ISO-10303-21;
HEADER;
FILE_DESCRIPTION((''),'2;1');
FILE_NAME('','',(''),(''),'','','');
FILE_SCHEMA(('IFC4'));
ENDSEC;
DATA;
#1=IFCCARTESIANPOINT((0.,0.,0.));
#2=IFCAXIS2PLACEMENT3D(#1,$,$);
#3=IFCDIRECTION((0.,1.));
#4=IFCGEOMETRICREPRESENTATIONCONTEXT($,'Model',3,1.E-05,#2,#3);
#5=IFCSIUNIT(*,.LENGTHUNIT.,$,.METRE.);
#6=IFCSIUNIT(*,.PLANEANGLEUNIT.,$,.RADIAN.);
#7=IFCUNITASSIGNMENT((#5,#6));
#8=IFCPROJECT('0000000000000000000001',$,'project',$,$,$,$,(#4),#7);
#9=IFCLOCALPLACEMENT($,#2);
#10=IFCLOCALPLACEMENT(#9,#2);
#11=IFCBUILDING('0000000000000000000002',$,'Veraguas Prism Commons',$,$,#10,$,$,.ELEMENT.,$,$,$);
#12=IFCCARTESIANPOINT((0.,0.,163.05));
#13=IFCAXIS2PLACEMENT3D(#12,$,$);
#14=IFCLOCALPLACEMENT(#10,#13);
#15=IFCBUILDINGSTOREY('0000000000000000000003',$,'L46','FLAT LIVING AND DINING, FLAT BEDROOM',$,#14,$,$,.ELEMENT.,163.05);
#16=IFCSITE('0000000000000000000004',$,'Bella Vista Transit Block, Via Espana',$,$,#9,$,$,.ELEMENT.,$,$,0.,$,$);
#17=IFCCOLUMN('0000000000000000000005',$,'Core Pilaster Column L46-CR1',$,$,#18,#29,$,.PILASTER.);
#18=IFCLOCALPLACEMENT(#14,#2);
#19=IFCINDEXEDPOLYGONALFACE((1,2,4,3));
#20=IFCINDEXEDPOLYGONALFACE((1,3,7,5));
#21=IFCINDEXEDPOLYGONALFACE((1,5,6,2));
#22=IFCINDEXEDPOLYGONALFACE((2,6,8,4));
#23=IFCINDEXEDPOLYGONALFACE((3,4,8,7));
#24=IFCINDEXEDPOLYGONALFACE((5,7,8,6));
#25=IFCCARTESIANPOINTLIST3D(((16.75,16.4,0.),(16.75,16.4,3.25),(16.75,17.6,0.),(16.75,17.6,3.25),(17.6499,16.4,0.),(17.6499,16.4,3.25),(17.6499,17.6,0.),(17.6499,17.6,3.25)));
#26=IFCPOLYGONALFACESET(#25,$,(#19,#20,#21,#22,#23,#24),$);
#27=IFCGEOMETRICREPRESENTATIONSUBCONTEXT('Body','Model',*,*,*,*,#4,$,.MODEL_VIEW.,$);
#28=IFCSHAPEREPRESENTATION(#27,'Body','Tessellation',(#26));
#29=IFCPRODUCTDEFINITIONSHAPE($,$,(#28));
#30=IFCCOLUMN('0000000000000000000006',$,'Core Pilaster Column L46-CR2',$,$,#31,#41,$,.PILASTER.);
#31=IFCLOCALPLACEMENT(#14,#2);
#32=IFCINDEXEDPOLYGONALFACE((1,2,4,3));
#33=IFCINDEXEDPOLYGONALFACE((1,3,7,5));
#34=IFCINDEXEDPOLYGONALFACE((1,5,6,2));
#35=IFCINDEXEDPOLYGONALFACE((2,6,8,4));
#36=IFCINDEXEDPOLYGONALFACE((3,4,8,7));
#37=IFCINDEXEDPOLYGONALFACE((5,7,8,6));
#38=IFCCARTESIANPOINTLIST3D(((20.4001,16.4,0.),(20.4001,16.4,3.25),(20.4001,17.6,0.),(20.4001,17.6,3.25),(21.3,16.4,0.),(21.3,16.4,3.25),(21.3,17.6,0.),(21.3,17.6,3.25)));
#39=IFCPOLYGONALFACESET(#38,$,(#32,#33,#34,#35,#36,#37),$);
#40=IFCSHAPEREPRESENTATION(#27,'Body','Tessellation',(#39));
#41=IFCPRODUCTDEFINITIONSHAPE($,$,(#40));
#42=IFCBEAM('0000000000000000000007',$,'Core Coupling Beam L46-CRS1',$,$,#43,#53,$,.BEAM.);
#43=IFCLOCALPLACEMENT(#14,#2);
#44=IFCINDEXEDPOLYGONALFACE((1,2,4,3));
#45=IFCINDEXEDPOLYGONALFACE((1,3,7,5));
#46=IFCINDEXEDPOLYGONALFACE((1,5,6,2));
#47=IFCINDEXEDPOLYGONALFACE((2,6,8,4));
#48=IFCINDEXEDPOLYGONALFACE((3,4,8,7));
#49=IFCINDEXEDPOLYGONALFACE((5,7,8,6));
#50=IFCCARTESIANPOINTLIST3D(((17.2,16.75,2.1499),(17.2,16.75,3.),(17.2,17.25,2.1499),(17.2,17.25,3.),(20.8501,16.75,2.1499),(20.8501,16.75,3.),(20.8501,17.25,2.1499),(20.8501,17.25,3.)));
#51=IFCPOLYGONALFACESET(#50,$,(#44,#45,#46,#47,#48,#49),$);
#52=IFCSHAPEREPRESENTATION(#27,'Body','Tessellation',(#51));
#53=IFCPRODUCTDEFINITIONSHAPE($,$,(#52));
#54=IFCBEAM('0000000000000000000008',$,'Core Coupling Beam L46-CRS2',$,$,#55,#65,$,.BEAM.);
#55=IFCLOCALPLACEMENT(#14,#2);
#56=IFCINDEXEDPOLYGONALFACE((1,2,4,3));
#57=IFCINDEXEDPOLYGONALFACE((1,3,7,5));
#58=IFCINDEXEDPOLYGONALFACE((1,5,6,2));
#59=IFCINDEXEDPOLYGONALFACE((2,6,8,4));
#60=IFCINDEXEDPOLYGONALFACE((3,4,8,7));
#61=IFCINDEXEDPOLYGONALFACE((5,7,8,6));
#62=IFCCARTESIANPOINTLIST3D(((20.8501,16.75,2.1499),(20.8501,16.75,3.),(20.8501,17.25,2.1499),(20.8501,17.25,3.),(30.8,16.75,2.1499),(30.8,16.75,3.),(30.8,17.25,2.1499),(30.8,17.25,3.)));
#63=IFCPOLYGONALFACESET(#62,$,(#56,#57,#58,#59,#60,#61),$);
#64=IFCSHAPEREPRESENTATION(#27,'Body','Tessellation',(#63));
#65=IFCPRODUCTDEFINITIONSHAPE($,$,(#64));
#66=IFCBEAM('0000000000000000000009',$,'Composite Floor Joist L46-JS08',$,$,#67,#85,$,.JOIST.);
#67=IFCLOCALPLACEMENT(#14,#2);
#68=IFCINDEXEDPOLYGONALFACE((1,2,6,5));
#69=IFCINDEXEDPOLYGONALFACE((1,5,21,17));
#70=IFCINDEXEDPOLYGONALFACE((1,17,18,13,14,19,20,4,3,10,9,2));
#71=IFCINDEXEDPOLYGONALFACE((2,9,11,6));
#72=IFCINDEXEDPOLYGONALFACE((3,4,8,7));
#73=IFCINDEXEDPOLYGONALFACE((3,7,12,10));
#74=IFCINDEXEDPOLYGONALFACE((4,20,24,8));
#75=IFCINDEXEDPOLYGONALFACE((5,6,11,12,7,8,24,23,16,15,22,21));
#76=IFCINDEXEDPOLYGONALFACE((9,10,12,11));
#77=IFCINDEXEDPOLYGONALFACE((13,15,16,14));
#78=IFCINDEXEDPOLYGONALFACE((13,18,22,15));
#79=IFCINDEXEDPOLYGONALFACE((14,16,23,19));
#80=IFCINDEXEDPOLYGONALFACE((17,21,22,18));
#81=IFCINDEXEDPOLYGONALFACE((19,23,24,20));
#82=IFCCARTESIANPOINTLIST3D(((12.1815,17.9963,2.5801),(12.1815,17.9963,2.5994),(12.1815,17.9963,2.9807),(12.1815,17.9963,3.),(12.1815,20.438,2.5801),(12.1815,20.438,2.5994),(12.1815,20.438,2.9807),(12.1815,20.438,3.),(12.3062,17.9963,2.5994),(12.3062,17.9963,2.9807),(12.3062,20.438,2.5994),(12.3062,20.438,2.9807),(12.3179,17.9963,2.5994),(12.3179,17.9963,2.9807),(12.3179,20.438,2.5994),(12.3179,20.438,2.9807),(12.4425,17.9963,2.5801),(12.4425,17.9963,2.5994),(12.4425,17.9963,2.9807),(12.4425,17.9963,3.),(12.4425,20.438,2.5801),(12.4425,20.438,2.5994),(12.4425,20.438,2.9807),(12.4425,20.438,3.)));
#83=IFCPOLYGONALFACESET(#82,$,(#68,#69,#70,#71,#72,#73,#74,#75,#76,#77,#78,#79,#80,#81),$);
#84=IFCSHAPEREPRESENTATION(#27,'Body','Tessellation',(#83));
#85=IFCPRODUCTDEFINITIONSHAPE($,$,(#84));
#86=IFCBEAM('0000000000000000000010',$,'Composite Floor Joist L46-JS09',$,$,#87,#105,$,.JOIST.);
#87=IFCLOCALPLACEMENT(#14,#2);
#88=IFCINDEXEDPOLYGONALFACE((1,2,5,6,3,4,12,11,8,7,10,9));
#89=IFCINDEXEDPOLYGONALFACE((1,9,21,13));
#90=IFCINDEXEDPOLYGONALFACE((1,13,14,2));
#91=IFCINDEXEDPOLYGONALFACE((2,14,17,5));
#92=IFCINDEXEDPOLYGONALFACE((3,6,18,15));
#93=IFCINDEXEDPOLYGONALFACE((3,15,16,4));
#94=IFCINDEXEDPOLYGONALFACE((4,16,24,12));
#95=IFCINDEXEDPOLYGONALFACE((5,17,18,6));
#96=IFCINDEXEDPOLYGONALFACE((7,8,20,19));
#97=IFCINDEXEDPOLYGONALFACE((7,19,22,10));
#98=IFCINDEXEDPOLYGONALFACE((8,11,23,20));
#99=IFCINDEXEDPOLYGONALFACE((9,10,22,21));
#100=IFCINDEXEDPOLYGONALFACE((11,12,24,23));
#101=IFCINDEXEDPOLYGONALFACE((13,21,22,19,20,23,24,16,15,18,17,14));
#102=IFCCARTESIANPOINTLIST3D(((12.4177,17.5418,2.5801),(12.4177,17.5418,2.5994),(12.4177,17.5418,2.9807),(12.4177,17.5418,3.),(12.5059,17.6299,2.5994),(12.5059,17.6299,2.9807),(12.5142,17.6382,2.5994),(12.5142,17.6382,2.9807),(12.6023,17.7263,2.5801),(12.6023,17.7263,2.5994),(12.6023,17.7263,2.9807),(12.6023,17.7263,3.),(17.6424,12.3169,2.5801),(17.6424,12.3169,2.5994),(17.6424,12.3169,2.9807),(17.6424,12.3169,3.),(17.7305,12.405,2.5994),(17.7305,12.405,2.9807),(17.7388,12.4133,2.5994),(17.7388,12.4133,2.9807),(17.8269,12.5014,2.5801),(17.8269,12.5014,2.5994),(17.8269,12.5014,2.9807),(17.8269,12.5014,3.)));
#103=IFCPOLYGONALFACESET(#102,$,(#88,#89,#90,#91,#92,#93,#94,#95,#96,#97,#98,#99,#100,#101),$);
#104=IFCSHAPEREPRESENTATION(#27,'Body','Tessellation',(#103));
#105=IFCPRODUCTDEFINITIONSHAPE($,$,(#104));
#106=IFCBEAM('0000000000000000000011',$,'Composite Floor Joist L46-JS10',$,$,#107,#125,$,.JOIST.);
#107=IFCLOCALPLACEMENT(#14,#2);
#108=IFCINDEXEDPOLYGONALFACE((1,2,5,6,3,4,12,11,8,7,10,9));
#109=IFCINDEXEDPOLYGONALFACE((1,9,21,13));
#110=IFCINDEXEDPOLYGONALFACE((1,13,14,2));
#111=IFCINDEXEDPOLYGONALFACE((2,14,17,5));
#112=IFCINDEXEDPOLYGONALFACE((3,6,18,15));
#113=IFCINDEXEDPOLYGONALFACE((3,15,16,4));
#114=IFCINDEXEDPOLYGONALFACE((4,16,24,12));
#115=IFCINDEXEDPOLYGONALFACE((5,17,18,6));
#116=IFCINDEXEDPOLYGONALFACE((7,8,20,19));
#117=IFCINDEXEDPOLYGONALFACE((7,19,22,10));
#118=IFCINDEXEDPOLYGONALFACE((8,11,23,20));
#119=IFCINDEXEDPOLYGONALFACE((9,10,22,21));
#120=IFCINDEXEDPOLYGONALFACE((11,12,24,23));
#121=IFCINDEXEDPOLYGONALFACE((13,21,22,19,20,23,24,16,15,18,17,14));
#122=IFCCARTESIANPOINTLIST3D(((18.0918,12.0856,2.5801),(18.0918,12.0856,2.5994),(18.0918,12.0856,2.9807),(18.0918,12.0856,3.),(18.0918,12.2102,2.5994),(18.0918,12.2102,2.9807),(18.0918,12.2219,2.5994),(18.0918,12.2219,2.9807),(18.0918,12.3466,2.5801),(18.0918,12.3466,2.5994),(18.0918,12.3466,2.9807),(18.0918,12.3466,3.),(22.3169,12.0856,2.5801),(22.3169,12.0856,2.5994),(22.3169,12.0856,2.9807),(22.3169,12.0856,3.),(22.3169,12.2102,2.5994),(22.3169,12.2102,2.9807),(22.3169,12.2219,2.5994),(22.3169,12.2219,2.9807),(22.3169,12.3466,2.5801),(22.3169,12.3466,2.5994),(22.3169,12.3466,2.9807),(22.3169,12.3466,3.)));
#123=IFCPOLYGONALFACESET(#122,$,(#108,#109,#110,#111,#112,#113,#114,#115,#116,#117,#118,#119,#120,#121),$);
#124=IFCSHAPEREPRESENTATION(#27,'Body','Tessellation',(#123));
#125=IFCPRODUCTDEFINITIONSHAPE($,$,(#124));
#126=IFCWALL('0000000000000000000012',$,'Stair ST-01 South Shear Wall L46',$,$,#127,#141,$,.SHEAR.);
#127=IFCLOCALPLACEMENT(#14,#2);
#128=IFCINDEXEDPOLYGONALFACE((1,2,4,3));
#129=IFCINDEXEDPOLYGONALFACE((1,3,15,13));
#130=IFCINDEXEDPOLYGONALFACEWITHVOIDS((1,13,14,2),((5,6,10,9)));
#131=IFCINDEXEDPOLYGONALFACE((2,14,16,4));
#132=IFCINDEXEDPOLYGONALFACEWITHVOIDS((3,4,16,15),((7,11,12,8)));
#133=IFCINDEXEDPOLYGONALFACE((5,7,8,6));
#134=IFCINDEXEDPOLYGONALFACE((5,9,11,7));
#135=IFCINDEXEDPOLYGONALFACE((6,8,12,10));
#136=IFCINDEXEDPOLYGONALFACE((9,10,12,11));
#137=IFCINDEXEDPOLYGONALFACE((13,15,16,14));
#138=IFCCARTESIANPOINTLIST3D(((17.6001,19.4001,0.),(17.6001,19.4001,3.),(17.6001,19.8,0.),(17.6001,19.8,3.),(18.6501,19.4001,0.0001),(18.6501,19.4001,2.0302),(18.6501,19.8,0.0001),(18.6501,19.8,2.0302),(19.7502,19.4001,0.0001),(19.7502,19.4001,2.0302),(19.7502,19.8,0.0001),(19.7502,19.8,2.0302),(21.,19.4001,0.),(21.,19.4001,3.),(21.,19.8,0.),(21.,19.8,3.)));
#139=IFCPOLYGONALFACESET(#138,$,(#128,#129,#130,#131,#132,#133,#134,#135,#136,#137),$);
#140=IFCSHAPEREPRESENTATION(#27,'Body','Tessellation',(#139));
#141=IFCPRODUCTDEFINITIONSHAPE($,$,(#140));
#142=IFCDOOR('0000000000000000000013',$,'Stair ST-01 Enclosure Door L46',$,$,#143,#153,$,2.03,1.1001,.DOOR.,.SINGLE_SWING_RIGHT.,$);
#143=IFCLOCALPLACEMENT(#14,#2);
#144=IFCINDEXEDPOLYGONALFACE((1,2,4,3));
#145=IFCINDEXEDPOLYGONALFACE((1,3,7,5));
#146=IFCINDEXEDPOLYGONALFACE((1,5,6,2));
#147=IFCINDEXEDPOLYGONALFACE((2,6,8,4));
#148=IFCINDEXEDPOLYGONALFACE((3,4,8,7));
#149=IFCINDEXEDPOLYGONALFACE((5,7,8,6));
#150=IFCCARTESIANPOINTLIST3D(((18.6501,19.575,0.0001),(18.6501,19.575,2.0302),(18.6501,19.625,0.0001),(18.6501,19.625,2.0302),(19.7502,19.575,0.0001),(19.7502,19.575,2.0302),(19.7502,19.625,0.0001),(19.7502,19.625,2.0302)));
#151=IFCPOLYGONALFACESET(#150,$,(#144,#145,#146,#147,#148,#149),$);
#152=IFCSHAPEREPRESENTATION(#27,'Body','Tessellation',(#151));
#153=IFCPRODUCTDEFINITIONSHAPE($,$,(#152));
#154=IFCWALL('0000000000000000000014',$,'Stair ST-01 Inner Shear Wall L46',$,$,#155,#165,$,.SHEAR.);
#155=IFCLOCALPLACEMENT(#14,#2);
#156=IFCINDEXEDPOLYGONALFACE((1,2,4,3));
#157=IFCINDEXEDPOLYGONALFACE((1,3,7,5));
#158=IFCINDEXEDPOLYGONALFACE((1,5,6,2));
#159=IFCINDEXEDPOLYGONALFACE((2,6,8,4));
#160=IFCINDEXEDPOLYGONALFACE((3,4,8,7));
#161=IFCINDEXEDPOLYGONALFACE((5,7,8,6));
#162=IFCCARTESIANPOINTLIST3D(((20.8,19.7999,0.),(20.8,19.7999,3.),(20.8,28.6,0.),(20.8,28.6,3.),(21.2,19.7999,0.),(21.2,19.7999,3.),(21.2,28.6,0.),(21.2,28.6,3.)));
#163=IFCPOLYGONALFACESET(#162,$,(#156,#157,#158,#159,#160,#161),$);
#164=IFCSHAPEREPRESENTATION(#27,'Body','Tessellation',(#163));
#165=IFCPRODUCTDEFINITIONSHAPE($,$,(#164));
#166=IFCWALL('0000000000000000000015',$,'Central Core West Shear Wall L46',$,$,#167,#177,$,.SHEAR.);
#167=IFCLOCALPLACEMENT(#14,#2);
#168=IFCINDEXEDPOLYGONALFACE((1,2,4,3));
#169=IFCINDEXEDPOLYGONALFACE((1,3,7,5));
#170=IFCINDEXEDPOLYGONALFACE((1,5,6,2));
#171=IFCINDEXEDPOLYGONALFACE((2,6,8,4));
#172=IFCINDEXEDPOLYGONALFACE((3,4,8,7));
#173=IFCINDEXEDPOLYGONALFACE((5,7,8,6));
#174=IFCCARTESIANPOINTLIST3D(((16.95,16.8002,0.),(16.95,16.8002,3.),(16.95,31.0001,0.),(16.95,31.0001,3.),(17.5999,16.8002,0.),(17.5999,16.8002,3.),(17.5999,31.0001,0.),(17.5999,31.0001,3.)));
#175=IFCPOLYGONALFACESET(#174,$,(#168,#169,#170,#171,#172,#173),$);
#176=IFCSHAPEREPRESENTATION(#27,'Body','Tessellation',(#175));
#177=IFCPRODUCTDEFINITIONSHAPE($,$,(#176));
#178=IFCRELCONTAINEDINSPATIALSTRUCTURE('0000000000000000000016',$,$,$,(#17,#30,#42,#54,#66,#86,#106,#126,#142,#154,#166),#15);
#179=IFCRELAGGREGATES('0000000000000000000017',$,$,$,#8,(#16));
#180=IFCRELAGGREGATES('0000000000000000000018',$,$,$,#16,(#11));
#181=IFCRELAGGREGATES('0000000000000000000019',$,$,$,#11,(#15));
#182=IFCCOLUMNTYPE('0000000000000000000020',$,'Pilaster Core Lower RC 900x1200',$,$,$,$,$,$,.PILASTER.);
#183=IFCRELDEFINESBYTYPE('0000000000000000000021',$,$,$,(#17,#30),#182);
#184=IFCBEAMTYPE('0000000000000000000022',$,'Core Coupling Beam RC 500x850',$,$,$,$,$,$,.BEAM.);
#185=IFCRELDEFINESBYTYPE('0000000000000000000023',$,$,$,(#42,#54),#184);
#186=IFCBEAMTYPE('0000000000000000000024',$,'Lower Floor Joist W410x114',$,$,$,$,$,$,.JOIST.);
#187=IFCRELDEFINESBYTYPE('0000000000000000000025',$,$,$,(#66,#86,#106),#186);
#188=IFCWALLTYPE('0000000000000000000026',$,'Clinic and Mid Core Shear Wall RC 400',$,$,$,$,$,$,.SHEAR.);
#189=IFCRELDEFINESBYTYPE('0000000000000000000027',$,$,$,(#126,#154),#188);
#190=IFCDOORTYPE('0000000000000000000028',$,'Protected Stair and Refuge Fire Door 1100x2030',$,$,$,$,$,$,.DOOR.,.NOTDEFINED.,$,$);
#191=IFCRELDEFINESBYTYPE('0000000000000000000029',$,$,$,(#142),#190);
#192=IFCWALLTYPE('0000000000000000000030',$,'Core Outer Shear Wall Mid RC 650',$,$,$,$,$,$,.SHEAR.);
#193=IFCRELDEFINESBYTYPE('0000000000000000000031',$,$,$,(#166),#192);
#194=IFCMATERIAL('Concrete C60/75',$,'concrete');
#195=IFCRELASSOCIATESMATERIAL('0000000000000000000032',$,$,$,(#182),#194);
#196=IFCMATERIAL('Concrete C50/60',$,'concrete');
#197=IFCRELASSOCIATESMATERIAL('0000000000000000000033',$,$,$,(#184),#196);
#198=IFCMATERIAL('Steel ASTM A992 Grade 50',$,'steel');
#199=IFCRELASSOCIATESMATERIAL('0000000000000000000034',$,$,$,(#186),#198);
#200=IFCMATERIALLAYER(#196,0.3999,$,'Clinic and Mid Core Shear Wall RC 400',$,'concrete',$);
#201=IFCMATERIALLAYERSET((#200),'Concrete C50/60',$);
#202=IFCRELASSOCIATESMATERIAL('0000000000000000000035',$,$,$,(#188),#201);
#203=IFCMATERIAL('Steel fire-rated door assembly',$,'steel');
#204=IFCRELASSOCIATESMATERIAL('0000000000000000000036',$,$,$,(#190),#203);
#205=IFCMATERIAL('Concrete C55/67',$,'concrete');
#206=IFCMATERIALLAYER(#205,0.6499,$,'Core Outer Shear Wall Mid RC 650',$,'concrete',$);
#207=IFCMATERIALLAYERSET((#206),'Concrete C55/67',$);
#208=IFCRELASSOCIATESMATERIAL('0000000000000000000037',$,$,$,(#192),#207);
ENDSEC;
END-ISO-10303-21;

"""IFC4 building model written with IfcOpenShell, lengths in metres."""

from ifc_helpers import new_model, si_unit, direction, frame, frame_2d, origin, origin_2d, place, context, subcontext, project, spatial, rectangle, i_section, extrude, source, transform, mapped, material, layer, layer_set, material_profile, profile_set, type_object, element, fill, save


model = new_model("IFC4")

# Units and contexts
model_context = context("Model", 3, precision=1e-05, world=origin(), true_north=direction((0.0, 1.0)))
body_context = subcontext(model_context, "Body", "Model", "MODEL_VIEW")
ifc_project = project(units=[si_unit("LENGTHUNIT", "METRE"), si_unit("PLANEANGLEUNIT", "RADIAN")], contexts=[model_context])

# Site, building, storey
site_placement = place(None, origin())
site = spatial("IfcSite", under=ifc_project, at=site_placement, Name="Bella Vista Transit Block, Via Espana", CompositionType="ELEMENT", RefElevation=0.0)
building_placement = place(site_placement, origin())
building = spatial("IfcBuilding", under=site, at=building_placement, Name="Veraguas Prism Commons", CompositionType="ELEMENT")
storey_placement = place(building_placement, frame((0.0, 0.0, 163.05)))
storey = spatial("IfcBuildingStorey", under=building, at=storey_placement, Name="L46", Description="FLAT LIVING AND DINING, FLAT BEDROOM", CompositionType="ELEMENT", Elevation=163.05)

# Columns
ifc_material_1 = material(Name="Concrete C60/75", Category="concrete")
ifc_material_profile_1 = material_profile(ifc_material_1, rectangle(XDim=0.8999, YDim=1.2, at=origin_2d()), Name="RC900X1200")
ifc_profile_set_1 = profile_set([ifc_material_profile_1], Name="Concrete C60/75")
column_type = type_object("IfcColumnType", Name="Pilaster Core Lower RC 900x1200", PredefinedType="PILASTER", material=ifc_profile_set_1)
for number, where, z_axis, x_axis, name in (
    (1, (17.2, 17.0, 0.0), (0.0, 0.0, 1.0), (1.0, 0.0, 0.0), "Core Pilaster Column L46-CR1"),
    (2, (20.8501, 17.0, 0.0), (0.0, 0.0, 1.0), (1.0, 0.0, 0.0), "Core Pilaster Column L46-CR2"),
):
    element("IfcColumn", number, at=place(storey_placement, frame(where, z_axis=z_axis, x_axis=x_axis)), inside=storey, type_object=column_type, Name=name, PredefinedType="PILASTER", context=body_context, shape_type="SweptSolid", body=[
        extrude(rectangle(XDim=0.8999, YDim=1.2, at=origin_2d()), origin(), (0.0, 0.0, 1.0), 3.25),
    ])

# Beams
ifc_material_2 = material(Name="Concrete C50/60", Category="concrete")
ifc_material_profile_2 = material_profile(ifc_material_2, rectangle(XDim=0.5, YDim=0.8501, at=origin_2d()), Name="RC500X850")
ifc_profile_set_2 = profile_set([ifc_material_profile_2], Name="Concrete C50/60")
beam_type_1 = type_object("IfcBeamType", Name="Core Coupling Beam RC 500x850", PredefinedType="BEAM", material=ifc_profile_set_2)
beam_1_placement = place(storey_placement, frame((17.2, 17.0, 2.575), z_axis=(1.0, 0.0, 0.0), x_axis=(0.0, 1.0, 0.0)))
element("IfcBeam", 3, at=beam_1_placement, inside=storey, type_object=beam_type_1, Name="Core Coupling Beam L46-CRS1", PredefinedType="BEAM", context=body_context, shape_type="SweptSolid", body=[
    extrude(rectangle(XDim=0.5, YDim=0.8501, at=origin_2d()), origin(), (0.0, 0.0, 1.0), 3.6501),
])
beam_2_placement = place(storey_placement, frame((20.8501, 17.0, 2.575), z_axis=(1.0, 0.0, 0.0), x_axis=(0.0, 1.0, 0.0)))
element("IfcBeam", 4, at=beam_2_placement, inside=storey, type_object=beam_type_1, Name="Core Coupling Beam L46-CRS2", PredefinedType="BEAM", context=body_context, shape_type="SweptSolid", body=[
    extrude(rectangle(XDim=0.5, YDim=0.8501, at=origin_2d()), origin(), (0.0, 0.0, 1.0), 9.95),
])
ifc_material_3 = material(Name="Steel ASTM A992 Grade 50", Category="steel")
ifc_material_profile_3 = material_profile(ifc_material_3, i_section(OverallWidth=0.261, OverallDepth=0.4199, WebThickness=0.0117, FlangeThickness=0.0193, at=origin_2d()), Name="W410X114")
ifc_profile_set_3 = profile_set([ifc_material_profile_3], Name="Steel ASTM A992 Grade 50")
beam_type_2 = type_object("IfcBeamType", Name="Lower Floor Joist W410x114", PredefinedType="JOIST", material=ifc_profile_set_3)
beam_3_placement = place(storey_placement, frame((12.312, 20.438, 2.79), z_axis=(0.0, -1.0, 0.0), x_axis=(1.0, 0.0, 0.0)))
element("IfcBeam", 5, at=beam_3_placement, inside=storey, type_object=beam_type_2, Name="Composite Floor Joist L46-JS08", PredefinedType="JOIST", context=body_context, shape_type="SweptSolid", body=[
    extrude(i_section(OverallWidth=0.261, OverallDepth=0.4199, WebThickness=0.0117, FlangeThickness=0.0193, at=origin_2d()), origin(), (0.0, 0.0, 1.0), 2.4417),
])
beam_4_placement = place(storey_placement, frame((12.51, 17.634, 2.79), z_axis=(0.70709, -0.707123, 0.0), x_axis=(0.707123, 0.70709, 0.0)))
element("IfcBeam", 6, at=beam_4_placement, inside=storey, type_object=beam_type_2, Name="Composite Floor Joist L46-JS09", PredefinedType="JOIST", context=body_context, shape_type="SweptSolid", body=[
    extrude(i_section(OverallWidth=0.261, OverallDepth=0.4199, WebThickness=0.0117, FlangeThickness=0.0193, at=origin_2d()), origin(), (0.0, 0.0, 1.0), 7.3889),
])
beam_5_placement = place(storey_placement, frame((18.0918, 12.2161, 2.79), z_axis=(1.0, 0.0, 0.0), x_axis=(0.0, 1.0, 0.0)))
element("IfcBeam", 7, at=beam_5_placement, inside=storey, type_object=beam_type_2, Name="Composite Floor Joist L46-JS10", PredefinedType="JOIST", context=body_context, shape_type="SweptSolid", body=[
    extrude(i_section(OverallWidth=0.261, OverallDepth=0.4199, WebThickness=0.0117, FlangeThickness=0.0193, at=origin_2d()), origin(), (0.0, 0.0, 1.0), 4.2251),
])

# Wall, opening, door
ifc_layer_1 = layer(ifc_material_2, 0.3999, Name="Clinic and Mid Core Shear Wall RC 400", Category="concrete")
ifc_layer_set_1 = layer_set([ifc_layer_1], Name="Concrete C50/60")
wall_type_1 = type_object("IfcWallType", Name="Clinic and Mid Core Shear Wall RC 400", PredefinedType="SHEAR", material=ifc_layer_set_1)
wall_1_placement = place(storey_placement, frame((17.6001, 19.6001, 0.0), z_axis=(0.0, 0.0, 1.0), x_axis=(1.0, 0.0, 0.0)))
wall_1 = element("IfcWall", 8, at=wall_1_placement, inside=storey, type_object=wall_type_1, Name="Stair ST-01 South Shear Wall L46", PredefinedType="SHEAR", context=body_context, shape_type="SweptSolid", body=[
    extrude(rectangle(XDim=3.3999, YDim=0.3999, at=frame_2d((1.7, 0.0))), origin(), (0.0, 0.0, 1.0), 3.0),
])
opening_1_placement = place(wall_1_placement, frame((1.05, 0.0, 0.0)))
opening_1 = element("IfcOpeningElement", 9, at=opening_1_placement, cuts=wall_1, PredefinedType="OPENING", context=body_context, shape_type="SweptSolid", body=[
    extrude(rectangle(XDim=1.1001, YDim=2.03, at=frame_2d((0.55, 1.0151))), frame((0.0, 0.21, 0.0), z_axis=(0.0, -1.0, 0.0), x_axis=(1.0, 0.0, 0.0)), (0.0, 0.0, 1.0), 0.4199),
])
ifc_material_4 = material(Name="Steel fire-rated door assembly", Category="steel")
door_type_1 = type_object("IfcDoorType", Name="Protected Stair and Refuge Fire Door 1100x2030", OperationType="NOTDEFINED", PredefinedType="DOOR", material=ifc_material_4)
shared_shape_1 = source(origin(), body_context, "Body", "SweptSolid", [
    extrude(rectangle(XDim=1.1001, YDim=2.03, at=frame_2d((0.55, 1.0151))), frame((0.0, 0.0249, 0.0), z_axis=(0.0, -1.0, 0.0), x_axis=(1.0, 0.0, 0.0)), (0.0, 0.0, 1.0), 0.05),
])
door_1_placement = place(opening_1_placement, origin())
door_1 = element("IfcDoor", 10, at=door_1_placement, inside=storey, type_object=door_type_1, Name="Stair ST-01 Enclosure Door L46", OperationType="SINGLE_SWING_RIGHT", OverallHeight=2.03, OverallWidth=1.1001, PredefinedType="DOOR", context=body_context, shape_type="MappedRepresentation", body=[
    mapped(shared_shape_1, transform((0.0, 0.0, 0.0), scale=1.0)),
])
fill(opening_1, door_1)

# Walls
wall_2_placement = place(storey_placement, frame((21.0, 19.8, 0.0), z_axis=(0.0, 0.0, 1.0), x_axis=(0.0, 1.0, 0.0)))
element("IfcWall", 11, at=wall_2_placement, inside=storey, type_object=wall_type_1, Name="Stair ST-01 Inner Shear Wall L46", PredefinedType="SHEAR", context=body_context, shape_type="SweptSolid", body=[
    extrude(rectangle(XDim=8.8, YDim=0.3999, at=frame_2d((4.3999, 0.0))), origin(), (0.0, 0.0, 1.0), 3.0),
])
ifc_material_5 = material(Name="Concrete C55/67", Category="concrete")
ifc_layer_2 = layer(ifc_material_5, 0.6499, Name="Core Outer Shear Wall Mid RC 650", Category="concrete")
ifc_layer_set_2 = layer_set([ifc_layer_2], Name="Concrete C55/67")
wall_type_2 = type_object("IfcWallType", Name="Core Outer Shear Wall Mid RC 650", PredefinedType="SHEAR", material=ifc_layer_set_2)
wall_3_placement = place(storey_placement, frame((17.2749, 16.8, 0.0), z_axis=(0.0, 0.0, 1.0), x_axis=(0.0, 1.0, 0.0)))
element("IfcWall", 12, at=wall_3_placement, inside=storey, type_object=wall_type_2, Name="Central Core West Shear Wall L46", PredefinedType="SHEAR", context=body_context, shape_type="SweptSolid", body=[
    extrude(rectangle(XDim=14.2, YDim=0.6499, at=frame_2d((7.1001, 0.0))), origin(), (0.0, 0.0, 1.0), 3.0),
])

save(model, "model.ifc")
